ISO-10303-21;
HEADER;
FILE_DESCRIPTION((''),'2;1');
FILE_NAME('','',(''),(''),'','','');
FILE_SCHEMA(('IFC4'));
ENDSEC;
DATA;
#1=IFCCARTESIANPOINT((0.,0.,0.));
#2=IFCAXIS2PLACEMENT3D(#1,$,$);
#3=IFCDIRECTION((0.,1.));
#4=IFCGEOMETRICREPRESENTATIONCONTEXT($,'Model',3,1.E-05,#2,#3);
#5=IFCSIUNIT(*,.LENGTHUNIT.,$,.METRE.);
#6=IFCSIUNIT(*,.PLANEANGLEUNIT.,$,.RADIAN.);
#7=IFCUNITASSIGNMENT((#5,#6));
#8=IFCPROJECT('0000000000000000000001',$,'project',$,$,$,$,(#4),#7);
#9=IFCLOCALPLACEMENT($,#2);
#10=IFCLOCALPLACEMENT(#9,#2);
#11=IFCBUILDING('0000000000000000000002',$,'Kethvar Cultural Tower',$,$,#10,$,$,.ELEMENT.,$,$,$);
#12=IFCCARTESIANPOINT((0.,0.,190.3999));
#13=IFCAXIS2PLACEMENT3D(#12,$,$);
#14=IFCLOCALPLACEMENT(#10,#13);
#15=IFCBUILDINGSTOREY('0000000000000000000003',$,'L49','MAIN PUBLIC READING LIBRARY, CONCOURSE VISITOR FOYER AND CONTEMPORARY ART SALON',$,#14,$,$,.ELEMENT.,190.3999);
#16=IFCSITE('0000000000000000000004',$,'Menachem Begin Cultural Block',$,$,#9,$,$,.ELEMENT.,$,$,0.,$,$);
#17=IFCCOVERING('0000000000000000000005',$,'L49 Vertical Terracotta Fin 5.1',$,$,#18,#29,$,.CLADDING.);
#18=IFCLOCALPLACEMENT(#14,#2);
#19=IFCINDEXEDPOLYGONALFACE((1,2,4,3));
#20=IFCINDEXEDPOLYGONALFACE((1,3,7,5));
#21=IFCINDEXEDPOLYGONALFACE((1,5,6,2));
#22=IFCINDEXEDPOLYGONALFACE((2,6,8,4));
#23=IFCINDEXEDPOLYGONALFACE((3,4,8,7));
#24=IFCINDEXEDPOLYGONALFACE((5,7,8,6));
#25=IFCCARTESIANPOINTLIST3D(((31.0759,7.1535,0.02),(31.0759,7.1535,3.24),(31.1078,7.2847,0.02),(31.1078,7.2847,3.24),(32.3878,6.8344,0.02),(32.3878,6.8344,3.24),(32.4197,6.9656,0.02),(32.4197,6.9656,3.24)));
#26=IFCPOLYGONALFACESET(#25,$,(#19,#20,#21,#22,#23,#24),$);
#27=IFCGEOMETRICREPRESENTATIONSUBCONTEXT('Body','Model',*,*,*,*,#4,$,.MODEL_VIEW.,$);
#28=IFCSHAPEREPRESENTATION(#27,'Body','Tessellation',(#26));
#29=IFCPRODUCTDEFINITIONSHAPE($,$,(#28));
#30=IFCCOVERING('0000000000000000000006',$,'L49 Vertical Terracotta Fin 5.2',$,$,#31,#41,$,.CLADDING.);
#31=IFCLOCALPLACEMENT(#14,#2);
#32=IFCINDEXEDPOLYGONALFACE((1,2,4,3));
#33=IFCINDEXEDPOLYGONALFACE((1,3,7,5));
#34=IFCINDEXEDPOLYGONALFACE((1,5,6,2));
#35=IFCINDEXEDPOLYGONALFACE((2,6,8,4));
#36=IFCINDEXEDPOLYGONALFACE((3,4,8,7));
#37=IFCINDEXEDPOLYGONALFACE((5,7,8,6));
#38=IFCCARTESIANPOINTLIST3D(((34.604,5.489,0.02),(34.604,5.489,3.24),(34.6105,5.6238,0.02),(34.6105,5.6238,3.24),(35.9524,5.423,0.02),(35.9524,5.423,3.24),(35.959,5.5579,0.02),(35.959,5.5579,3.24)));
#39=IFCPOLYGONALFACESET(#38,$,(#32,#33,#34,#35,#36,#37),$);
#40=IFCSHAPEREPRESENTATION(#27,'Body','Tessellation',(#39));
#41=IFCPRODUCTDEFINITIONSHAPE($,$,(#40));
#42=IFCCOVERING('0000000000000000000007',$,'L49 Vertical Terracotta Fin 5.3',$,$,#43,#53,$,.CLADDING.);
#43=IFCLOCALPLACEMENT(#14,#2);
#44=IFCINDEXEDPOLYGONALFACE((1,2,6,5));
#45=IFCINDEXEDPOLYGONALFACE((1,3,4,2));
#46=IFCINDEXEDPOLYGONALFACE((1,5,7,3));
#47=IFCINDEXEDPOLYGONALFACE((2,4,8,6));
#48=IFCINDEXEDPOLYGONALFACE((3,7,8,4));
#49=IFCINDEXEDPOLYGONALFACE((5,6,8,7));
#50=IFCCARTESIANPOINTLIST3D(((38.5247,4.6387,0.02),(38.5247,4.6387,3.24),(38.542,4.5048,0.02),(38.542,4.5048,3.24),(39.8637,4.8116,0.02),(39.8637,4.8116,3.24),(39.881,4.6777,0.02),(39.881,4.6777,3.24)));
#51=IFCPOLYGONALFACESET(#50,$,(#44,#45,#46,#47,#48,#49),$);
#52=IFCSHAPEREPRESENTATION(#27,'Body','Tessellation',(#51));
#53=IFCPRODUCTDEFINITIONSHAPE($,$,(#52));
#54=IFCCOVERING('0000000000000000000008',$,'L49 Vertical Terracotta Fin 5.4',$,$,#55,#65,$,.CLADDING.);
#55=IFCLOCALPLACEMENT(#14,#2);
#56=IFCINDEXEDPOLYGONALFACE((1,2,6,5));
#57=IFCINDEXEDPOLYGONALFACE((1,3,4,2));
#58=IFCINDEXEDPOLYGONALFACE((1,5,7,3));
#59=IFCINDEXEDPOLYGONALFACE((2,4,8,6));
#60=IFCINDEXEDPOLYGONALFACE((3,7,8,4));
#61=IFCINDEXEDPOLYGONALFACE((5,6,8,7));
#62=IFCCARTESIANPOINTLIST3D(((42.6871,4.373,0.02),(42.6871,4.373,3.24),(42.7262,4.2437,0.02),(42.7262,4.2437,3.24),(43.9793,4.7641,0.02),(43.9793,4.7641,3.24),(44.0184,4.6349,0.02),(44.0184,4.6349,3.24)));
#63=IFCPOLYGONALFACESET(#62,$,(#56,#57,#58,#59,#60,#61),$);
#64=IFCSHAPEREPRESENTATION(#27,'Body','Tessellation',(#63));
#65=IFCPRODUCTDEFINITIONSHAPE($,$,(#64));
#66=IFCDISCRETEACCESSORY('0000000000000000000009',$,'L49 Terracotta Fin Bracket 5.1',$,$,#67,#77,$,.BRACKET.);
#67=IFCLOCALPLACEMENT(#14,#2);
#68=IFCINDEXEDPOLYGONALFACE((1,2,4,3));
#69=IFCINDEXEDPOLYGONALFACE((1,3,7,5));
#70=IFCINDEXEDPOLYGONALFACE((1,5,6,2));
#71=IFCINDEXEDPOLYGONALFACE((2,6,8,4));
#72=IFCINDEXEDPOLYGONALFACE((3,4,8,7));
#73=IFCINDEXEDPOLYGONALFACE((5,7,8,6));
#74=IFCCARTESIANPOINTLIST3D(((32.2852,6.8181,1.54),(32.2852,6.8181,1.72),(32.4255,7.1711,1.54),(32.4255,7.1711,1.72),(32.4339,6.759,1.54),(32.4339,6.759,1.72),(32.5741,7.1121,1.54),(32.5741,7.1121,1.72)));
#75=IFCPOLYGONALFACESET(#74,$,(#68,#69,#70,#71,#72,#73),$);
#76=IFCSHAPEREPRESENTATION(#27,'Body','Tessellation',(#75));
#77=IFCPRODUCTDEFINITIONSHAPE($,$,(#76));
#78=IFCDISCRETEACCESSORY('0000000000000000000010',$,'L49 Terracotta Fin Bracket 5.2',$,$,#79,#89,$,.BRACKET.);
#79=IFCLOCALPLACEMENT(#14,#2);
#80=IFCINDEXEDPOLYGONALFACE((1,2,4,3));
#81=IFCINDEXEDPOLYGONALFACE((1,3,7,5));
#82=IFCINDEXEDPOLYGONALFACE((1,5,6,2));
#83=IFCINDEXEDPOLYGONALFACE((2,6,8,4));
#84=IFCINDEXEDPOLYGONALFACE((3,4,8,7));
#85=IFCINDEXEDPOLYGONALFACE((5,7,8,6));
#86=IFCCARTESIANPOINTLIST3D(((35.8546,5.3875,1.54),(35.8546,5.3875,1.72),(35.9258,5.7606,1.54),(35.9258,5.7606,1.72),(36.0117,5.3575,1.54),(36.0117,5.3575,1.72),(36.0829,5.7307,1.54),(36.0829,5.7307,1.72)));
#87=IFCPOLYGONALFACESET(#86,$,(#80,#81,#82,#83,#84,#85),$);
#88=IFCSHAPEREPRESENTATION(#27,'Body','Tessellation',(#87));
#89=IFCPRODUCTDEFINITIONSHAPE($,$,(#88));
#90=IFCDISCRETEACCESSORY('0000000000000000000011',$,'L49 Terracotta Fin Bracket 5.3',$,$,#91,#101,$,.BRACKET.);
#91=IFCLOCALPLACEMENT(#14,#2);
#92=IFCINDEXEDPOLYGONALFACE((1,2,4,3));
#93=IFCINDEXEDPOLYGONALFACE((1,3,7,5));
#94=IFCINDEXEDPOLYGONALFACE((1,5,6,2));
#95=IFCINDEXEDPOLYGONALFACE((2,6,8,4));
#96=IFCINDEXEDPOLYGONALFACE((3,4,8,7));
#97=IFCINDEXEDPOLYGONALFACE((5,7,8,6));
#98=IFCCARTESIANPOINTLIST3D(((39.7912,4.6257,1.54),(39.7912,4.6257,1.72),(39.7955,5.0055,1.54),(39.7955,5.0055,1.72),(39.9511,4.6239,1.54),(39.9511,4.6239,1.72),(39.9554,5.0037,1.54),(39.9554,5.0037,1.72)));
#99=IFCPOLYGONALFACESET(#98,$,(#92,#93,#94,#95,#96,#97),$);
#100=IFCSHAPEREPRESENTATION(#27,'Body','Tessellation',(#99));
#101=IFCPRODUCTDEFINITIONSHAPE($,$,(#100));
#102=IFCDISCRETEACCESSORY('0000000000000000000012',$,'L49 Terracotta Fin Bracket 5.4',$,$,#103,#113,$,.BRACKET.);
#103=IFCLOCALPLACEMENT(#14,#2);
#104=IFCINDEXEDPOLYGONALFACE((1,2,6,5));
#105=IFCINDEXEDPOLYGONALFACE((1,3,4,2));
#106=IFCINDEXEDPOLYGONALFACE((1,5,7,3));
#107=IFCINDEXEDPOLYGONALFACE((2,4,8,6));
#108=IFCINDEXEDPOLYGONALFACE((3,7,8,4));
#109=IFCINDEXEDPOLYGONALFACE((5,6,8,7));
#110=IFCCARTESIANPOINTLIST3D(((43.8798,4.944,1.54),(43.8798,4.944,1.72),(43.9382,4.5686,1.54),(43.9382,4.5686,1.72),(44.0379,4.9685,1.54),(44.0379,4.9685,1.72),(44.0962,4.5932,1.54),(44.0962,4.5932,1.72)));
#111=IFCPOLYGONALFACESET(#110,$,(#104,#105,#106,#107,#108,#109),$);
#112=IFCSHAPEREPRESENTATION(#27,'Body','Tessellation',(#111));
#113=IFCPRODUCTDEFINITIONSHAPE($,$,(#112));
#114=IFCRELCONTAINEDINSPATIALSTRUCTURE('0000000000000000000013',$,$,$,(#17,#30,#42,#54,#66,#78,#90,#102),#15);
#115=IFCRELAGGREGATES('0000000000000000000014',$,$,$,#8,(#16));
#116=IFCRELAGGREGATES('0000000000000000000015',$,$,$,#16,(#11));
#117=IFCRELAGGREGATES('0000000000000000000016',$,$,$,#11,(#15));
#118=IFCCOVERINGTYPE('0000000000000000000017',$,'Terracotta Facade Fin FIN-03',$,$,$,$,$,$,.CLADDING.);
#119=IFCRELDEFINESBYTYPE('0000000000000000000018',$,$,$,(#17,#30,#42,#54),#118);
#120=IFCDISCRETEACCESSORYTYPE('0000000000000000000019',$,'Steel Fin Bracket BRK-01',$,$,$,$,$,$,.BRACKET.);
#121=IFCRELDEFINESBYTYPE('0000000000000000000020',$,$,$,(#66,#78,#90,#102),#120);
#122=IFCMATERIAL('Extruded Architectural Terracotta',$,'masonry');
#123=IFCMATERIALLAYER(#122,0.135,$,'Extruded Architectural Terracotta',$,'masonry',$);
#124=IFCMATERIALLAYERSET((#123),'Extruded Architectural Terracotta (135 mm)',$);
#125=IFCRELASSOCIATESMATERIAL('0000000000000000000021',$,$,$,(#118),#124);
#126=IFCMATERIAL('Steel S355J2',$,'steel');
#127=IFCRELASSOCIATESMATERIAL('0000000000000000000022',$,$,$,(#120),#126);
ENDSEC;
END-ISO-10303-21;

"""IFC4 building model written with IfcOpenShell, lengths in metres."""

from ifc_helpers import new_model, si_unit, direction, frame, origin, origin_2d, place, context, subcontext, project, spatial, rectangle, extrude, source, transform, mapped, material, layer, layer_set, type_object, element, save


model = new_model("IFC4")

# Units and contexts
model_context = context("Model", 3, precision=1e-05, world=origin(), true_north=direction((0.0, 1.0)))
body_context = subcontext(model_context, "Body", "Model", "MODEL_VIEW")
ifc_project = project(units=[si_unit("LENGTHUNIT", "METRE"), si_unit("PLANEANGLEUNIT", "RADIAN")], contexts=[model_context])

# Site, building, storey
site_placement = place(None, origin())
site = spatial("IfcSite", under=ifc_project, at=site_placement, Name="Menachem Begin Cultural Block", CompositionType="ELEMENT", RefElevation=0.0)
building_placement = place(site_placement, origin())
building = spatial("IfcBuilding", under=site, at=building_placement, Name="Kethvar Cultural Tower", CompositionType="ELEMENT")
storey_placement = place(building_placement, frame((0.0, 0.0, 190.3999)))
storey = spatial("IfcBuildingStorey", under=building, at=storey_placement, Name="L49", Description="MAIN PUBLIC READING LIBRARY, CONCOURSE VISITOR FOYER AND CONTEMPORARY ART SALON", CompositionType="ELEMENT", Elevation=190.3999)

# Shared definitions
ifc_material_1 = material(Name="Steel S355J2", Category="steel")

# Coverings
ifc_material_2 = material(Name="Extruded Architectural Terracotta", Category="masonry")
ifc_layer_1 = layer(ifc_material_2, 0.135, Name="Extruded Architectural Terracotta", Category="masonry")
ifc_layer_set_1 = layer_set([ifc_layer_1], Name="Extruded Architectural Terracotta (135 mm)")
covering_type = type_object("IfcCoveringType", Name="Terracotta Facade Fin FIN-03", PredefinedType="CLADDING", material=ifc_layer_set_1)
shared_shape_1 = source(origin(), body_context, "Body", "SweptSolid", [
    extrude(rectangle(XDim=1.3501, YDim=0.135, at=origin_2d()), origin(), (0.0, 0.0, 1.0), 3.22),
])
for number, where, z_axis, x_axis, name in (
    (1, (31.7478, 7.0596, 0.02), (0.0, 0.0, 1.0), (-0.971673, 0.236329, 0.0), "L49 Vertical Terracotta Fin 5.1"),
    (2, (35.2815, 5.5234, 0.02), (0.0, 0.0, 1.0), (-0.998806, 0.04885, 0.0), "L49 Vertical Terracotta Fin 5.2"),
    (3, (39.2029, 4.6582, 0.02), (0.0, 0.0, 1.0), (-0.991761, -0.128103, 0.0), "L49 Vertical Terracotta Fin 5.3"),
    (4, (43.3528, 4.5039, 0.02), (0.0, 0.0, 1.0), (-0.957117, -0.2897, 0.0), "L49 Vertical Terracotta Fin 5.4"),
):
    element("IfcCovering", number, at=place(storey_placement, frame(where, z_axis=z_axis, x_axis=x_axis)), inside=storey, type_object=covering_type, Name=name, PredefinedType="CLADDING", context=body_context, shape_type="MappedRepresentation", body=[
        mapped(shared_shape_1, transform((0.0, 0.0, 0.0), scale=1.0)),
    ])

# Discrete accessories
discrete_accessory_type = type_object("IfcDiscreteAccessoryType", Name="Steel Fin Bracket BRK-01", PredefinedType="BRACKET", material=ifc_material_1)
shared_shape_2 = source(origin(), body_context, "Body", "SweptSolid", [
    extrude(rectangle(XDim=0.3799, YDim=0.1599, at=origin_2d()), origin(), (0.0, 0.0, 1.0), 0.1799),
])
for number, where, z_axis, x_axis, name in (
    (5, (32.4297, 6.9651, 1.54), (0.0, 0.0, 1.0), (-0.36926, -0.929326, 0.0), "L49 Terracotta Fin Bracket 5.1"),
    (6, (35.9688, 5.5591, 1.54), (0.0, 0.0, 1.0), (-0.187381, -0.982287, 0.0), "L49 Terracotta Fin Bracket 5.2"),
    (7, (39.8733, 4.8147, 1.54), (0.0, 0.0, 1.0), (-0.01117, -0.999938, 0.0), "L49 Terracotta Fin Bracket 5.3"),
    (8, (43.988, 4.7686, 1.54), (0.0, 0.0, 1.0), (0.153676, -0.988121, 0.0), "L49 Terracotta Fin Bracket 5.4"),
):
    element("IfcDiscreteAccessory", number, at=place(storey_placement, frame(where, z_axis=z_axis, x_axis=x_axis)), inside=storey, type_object=discrete_accessory_type, Name=name, PredefinedType="BRACKET", context=body_context, shape_type="MappedRepresentation", body=[
        mapped(shared_shape_2, transform((0.0, 0.0, 0.0), scale=1.0)),
    ])

save(model, "model.ifc")
